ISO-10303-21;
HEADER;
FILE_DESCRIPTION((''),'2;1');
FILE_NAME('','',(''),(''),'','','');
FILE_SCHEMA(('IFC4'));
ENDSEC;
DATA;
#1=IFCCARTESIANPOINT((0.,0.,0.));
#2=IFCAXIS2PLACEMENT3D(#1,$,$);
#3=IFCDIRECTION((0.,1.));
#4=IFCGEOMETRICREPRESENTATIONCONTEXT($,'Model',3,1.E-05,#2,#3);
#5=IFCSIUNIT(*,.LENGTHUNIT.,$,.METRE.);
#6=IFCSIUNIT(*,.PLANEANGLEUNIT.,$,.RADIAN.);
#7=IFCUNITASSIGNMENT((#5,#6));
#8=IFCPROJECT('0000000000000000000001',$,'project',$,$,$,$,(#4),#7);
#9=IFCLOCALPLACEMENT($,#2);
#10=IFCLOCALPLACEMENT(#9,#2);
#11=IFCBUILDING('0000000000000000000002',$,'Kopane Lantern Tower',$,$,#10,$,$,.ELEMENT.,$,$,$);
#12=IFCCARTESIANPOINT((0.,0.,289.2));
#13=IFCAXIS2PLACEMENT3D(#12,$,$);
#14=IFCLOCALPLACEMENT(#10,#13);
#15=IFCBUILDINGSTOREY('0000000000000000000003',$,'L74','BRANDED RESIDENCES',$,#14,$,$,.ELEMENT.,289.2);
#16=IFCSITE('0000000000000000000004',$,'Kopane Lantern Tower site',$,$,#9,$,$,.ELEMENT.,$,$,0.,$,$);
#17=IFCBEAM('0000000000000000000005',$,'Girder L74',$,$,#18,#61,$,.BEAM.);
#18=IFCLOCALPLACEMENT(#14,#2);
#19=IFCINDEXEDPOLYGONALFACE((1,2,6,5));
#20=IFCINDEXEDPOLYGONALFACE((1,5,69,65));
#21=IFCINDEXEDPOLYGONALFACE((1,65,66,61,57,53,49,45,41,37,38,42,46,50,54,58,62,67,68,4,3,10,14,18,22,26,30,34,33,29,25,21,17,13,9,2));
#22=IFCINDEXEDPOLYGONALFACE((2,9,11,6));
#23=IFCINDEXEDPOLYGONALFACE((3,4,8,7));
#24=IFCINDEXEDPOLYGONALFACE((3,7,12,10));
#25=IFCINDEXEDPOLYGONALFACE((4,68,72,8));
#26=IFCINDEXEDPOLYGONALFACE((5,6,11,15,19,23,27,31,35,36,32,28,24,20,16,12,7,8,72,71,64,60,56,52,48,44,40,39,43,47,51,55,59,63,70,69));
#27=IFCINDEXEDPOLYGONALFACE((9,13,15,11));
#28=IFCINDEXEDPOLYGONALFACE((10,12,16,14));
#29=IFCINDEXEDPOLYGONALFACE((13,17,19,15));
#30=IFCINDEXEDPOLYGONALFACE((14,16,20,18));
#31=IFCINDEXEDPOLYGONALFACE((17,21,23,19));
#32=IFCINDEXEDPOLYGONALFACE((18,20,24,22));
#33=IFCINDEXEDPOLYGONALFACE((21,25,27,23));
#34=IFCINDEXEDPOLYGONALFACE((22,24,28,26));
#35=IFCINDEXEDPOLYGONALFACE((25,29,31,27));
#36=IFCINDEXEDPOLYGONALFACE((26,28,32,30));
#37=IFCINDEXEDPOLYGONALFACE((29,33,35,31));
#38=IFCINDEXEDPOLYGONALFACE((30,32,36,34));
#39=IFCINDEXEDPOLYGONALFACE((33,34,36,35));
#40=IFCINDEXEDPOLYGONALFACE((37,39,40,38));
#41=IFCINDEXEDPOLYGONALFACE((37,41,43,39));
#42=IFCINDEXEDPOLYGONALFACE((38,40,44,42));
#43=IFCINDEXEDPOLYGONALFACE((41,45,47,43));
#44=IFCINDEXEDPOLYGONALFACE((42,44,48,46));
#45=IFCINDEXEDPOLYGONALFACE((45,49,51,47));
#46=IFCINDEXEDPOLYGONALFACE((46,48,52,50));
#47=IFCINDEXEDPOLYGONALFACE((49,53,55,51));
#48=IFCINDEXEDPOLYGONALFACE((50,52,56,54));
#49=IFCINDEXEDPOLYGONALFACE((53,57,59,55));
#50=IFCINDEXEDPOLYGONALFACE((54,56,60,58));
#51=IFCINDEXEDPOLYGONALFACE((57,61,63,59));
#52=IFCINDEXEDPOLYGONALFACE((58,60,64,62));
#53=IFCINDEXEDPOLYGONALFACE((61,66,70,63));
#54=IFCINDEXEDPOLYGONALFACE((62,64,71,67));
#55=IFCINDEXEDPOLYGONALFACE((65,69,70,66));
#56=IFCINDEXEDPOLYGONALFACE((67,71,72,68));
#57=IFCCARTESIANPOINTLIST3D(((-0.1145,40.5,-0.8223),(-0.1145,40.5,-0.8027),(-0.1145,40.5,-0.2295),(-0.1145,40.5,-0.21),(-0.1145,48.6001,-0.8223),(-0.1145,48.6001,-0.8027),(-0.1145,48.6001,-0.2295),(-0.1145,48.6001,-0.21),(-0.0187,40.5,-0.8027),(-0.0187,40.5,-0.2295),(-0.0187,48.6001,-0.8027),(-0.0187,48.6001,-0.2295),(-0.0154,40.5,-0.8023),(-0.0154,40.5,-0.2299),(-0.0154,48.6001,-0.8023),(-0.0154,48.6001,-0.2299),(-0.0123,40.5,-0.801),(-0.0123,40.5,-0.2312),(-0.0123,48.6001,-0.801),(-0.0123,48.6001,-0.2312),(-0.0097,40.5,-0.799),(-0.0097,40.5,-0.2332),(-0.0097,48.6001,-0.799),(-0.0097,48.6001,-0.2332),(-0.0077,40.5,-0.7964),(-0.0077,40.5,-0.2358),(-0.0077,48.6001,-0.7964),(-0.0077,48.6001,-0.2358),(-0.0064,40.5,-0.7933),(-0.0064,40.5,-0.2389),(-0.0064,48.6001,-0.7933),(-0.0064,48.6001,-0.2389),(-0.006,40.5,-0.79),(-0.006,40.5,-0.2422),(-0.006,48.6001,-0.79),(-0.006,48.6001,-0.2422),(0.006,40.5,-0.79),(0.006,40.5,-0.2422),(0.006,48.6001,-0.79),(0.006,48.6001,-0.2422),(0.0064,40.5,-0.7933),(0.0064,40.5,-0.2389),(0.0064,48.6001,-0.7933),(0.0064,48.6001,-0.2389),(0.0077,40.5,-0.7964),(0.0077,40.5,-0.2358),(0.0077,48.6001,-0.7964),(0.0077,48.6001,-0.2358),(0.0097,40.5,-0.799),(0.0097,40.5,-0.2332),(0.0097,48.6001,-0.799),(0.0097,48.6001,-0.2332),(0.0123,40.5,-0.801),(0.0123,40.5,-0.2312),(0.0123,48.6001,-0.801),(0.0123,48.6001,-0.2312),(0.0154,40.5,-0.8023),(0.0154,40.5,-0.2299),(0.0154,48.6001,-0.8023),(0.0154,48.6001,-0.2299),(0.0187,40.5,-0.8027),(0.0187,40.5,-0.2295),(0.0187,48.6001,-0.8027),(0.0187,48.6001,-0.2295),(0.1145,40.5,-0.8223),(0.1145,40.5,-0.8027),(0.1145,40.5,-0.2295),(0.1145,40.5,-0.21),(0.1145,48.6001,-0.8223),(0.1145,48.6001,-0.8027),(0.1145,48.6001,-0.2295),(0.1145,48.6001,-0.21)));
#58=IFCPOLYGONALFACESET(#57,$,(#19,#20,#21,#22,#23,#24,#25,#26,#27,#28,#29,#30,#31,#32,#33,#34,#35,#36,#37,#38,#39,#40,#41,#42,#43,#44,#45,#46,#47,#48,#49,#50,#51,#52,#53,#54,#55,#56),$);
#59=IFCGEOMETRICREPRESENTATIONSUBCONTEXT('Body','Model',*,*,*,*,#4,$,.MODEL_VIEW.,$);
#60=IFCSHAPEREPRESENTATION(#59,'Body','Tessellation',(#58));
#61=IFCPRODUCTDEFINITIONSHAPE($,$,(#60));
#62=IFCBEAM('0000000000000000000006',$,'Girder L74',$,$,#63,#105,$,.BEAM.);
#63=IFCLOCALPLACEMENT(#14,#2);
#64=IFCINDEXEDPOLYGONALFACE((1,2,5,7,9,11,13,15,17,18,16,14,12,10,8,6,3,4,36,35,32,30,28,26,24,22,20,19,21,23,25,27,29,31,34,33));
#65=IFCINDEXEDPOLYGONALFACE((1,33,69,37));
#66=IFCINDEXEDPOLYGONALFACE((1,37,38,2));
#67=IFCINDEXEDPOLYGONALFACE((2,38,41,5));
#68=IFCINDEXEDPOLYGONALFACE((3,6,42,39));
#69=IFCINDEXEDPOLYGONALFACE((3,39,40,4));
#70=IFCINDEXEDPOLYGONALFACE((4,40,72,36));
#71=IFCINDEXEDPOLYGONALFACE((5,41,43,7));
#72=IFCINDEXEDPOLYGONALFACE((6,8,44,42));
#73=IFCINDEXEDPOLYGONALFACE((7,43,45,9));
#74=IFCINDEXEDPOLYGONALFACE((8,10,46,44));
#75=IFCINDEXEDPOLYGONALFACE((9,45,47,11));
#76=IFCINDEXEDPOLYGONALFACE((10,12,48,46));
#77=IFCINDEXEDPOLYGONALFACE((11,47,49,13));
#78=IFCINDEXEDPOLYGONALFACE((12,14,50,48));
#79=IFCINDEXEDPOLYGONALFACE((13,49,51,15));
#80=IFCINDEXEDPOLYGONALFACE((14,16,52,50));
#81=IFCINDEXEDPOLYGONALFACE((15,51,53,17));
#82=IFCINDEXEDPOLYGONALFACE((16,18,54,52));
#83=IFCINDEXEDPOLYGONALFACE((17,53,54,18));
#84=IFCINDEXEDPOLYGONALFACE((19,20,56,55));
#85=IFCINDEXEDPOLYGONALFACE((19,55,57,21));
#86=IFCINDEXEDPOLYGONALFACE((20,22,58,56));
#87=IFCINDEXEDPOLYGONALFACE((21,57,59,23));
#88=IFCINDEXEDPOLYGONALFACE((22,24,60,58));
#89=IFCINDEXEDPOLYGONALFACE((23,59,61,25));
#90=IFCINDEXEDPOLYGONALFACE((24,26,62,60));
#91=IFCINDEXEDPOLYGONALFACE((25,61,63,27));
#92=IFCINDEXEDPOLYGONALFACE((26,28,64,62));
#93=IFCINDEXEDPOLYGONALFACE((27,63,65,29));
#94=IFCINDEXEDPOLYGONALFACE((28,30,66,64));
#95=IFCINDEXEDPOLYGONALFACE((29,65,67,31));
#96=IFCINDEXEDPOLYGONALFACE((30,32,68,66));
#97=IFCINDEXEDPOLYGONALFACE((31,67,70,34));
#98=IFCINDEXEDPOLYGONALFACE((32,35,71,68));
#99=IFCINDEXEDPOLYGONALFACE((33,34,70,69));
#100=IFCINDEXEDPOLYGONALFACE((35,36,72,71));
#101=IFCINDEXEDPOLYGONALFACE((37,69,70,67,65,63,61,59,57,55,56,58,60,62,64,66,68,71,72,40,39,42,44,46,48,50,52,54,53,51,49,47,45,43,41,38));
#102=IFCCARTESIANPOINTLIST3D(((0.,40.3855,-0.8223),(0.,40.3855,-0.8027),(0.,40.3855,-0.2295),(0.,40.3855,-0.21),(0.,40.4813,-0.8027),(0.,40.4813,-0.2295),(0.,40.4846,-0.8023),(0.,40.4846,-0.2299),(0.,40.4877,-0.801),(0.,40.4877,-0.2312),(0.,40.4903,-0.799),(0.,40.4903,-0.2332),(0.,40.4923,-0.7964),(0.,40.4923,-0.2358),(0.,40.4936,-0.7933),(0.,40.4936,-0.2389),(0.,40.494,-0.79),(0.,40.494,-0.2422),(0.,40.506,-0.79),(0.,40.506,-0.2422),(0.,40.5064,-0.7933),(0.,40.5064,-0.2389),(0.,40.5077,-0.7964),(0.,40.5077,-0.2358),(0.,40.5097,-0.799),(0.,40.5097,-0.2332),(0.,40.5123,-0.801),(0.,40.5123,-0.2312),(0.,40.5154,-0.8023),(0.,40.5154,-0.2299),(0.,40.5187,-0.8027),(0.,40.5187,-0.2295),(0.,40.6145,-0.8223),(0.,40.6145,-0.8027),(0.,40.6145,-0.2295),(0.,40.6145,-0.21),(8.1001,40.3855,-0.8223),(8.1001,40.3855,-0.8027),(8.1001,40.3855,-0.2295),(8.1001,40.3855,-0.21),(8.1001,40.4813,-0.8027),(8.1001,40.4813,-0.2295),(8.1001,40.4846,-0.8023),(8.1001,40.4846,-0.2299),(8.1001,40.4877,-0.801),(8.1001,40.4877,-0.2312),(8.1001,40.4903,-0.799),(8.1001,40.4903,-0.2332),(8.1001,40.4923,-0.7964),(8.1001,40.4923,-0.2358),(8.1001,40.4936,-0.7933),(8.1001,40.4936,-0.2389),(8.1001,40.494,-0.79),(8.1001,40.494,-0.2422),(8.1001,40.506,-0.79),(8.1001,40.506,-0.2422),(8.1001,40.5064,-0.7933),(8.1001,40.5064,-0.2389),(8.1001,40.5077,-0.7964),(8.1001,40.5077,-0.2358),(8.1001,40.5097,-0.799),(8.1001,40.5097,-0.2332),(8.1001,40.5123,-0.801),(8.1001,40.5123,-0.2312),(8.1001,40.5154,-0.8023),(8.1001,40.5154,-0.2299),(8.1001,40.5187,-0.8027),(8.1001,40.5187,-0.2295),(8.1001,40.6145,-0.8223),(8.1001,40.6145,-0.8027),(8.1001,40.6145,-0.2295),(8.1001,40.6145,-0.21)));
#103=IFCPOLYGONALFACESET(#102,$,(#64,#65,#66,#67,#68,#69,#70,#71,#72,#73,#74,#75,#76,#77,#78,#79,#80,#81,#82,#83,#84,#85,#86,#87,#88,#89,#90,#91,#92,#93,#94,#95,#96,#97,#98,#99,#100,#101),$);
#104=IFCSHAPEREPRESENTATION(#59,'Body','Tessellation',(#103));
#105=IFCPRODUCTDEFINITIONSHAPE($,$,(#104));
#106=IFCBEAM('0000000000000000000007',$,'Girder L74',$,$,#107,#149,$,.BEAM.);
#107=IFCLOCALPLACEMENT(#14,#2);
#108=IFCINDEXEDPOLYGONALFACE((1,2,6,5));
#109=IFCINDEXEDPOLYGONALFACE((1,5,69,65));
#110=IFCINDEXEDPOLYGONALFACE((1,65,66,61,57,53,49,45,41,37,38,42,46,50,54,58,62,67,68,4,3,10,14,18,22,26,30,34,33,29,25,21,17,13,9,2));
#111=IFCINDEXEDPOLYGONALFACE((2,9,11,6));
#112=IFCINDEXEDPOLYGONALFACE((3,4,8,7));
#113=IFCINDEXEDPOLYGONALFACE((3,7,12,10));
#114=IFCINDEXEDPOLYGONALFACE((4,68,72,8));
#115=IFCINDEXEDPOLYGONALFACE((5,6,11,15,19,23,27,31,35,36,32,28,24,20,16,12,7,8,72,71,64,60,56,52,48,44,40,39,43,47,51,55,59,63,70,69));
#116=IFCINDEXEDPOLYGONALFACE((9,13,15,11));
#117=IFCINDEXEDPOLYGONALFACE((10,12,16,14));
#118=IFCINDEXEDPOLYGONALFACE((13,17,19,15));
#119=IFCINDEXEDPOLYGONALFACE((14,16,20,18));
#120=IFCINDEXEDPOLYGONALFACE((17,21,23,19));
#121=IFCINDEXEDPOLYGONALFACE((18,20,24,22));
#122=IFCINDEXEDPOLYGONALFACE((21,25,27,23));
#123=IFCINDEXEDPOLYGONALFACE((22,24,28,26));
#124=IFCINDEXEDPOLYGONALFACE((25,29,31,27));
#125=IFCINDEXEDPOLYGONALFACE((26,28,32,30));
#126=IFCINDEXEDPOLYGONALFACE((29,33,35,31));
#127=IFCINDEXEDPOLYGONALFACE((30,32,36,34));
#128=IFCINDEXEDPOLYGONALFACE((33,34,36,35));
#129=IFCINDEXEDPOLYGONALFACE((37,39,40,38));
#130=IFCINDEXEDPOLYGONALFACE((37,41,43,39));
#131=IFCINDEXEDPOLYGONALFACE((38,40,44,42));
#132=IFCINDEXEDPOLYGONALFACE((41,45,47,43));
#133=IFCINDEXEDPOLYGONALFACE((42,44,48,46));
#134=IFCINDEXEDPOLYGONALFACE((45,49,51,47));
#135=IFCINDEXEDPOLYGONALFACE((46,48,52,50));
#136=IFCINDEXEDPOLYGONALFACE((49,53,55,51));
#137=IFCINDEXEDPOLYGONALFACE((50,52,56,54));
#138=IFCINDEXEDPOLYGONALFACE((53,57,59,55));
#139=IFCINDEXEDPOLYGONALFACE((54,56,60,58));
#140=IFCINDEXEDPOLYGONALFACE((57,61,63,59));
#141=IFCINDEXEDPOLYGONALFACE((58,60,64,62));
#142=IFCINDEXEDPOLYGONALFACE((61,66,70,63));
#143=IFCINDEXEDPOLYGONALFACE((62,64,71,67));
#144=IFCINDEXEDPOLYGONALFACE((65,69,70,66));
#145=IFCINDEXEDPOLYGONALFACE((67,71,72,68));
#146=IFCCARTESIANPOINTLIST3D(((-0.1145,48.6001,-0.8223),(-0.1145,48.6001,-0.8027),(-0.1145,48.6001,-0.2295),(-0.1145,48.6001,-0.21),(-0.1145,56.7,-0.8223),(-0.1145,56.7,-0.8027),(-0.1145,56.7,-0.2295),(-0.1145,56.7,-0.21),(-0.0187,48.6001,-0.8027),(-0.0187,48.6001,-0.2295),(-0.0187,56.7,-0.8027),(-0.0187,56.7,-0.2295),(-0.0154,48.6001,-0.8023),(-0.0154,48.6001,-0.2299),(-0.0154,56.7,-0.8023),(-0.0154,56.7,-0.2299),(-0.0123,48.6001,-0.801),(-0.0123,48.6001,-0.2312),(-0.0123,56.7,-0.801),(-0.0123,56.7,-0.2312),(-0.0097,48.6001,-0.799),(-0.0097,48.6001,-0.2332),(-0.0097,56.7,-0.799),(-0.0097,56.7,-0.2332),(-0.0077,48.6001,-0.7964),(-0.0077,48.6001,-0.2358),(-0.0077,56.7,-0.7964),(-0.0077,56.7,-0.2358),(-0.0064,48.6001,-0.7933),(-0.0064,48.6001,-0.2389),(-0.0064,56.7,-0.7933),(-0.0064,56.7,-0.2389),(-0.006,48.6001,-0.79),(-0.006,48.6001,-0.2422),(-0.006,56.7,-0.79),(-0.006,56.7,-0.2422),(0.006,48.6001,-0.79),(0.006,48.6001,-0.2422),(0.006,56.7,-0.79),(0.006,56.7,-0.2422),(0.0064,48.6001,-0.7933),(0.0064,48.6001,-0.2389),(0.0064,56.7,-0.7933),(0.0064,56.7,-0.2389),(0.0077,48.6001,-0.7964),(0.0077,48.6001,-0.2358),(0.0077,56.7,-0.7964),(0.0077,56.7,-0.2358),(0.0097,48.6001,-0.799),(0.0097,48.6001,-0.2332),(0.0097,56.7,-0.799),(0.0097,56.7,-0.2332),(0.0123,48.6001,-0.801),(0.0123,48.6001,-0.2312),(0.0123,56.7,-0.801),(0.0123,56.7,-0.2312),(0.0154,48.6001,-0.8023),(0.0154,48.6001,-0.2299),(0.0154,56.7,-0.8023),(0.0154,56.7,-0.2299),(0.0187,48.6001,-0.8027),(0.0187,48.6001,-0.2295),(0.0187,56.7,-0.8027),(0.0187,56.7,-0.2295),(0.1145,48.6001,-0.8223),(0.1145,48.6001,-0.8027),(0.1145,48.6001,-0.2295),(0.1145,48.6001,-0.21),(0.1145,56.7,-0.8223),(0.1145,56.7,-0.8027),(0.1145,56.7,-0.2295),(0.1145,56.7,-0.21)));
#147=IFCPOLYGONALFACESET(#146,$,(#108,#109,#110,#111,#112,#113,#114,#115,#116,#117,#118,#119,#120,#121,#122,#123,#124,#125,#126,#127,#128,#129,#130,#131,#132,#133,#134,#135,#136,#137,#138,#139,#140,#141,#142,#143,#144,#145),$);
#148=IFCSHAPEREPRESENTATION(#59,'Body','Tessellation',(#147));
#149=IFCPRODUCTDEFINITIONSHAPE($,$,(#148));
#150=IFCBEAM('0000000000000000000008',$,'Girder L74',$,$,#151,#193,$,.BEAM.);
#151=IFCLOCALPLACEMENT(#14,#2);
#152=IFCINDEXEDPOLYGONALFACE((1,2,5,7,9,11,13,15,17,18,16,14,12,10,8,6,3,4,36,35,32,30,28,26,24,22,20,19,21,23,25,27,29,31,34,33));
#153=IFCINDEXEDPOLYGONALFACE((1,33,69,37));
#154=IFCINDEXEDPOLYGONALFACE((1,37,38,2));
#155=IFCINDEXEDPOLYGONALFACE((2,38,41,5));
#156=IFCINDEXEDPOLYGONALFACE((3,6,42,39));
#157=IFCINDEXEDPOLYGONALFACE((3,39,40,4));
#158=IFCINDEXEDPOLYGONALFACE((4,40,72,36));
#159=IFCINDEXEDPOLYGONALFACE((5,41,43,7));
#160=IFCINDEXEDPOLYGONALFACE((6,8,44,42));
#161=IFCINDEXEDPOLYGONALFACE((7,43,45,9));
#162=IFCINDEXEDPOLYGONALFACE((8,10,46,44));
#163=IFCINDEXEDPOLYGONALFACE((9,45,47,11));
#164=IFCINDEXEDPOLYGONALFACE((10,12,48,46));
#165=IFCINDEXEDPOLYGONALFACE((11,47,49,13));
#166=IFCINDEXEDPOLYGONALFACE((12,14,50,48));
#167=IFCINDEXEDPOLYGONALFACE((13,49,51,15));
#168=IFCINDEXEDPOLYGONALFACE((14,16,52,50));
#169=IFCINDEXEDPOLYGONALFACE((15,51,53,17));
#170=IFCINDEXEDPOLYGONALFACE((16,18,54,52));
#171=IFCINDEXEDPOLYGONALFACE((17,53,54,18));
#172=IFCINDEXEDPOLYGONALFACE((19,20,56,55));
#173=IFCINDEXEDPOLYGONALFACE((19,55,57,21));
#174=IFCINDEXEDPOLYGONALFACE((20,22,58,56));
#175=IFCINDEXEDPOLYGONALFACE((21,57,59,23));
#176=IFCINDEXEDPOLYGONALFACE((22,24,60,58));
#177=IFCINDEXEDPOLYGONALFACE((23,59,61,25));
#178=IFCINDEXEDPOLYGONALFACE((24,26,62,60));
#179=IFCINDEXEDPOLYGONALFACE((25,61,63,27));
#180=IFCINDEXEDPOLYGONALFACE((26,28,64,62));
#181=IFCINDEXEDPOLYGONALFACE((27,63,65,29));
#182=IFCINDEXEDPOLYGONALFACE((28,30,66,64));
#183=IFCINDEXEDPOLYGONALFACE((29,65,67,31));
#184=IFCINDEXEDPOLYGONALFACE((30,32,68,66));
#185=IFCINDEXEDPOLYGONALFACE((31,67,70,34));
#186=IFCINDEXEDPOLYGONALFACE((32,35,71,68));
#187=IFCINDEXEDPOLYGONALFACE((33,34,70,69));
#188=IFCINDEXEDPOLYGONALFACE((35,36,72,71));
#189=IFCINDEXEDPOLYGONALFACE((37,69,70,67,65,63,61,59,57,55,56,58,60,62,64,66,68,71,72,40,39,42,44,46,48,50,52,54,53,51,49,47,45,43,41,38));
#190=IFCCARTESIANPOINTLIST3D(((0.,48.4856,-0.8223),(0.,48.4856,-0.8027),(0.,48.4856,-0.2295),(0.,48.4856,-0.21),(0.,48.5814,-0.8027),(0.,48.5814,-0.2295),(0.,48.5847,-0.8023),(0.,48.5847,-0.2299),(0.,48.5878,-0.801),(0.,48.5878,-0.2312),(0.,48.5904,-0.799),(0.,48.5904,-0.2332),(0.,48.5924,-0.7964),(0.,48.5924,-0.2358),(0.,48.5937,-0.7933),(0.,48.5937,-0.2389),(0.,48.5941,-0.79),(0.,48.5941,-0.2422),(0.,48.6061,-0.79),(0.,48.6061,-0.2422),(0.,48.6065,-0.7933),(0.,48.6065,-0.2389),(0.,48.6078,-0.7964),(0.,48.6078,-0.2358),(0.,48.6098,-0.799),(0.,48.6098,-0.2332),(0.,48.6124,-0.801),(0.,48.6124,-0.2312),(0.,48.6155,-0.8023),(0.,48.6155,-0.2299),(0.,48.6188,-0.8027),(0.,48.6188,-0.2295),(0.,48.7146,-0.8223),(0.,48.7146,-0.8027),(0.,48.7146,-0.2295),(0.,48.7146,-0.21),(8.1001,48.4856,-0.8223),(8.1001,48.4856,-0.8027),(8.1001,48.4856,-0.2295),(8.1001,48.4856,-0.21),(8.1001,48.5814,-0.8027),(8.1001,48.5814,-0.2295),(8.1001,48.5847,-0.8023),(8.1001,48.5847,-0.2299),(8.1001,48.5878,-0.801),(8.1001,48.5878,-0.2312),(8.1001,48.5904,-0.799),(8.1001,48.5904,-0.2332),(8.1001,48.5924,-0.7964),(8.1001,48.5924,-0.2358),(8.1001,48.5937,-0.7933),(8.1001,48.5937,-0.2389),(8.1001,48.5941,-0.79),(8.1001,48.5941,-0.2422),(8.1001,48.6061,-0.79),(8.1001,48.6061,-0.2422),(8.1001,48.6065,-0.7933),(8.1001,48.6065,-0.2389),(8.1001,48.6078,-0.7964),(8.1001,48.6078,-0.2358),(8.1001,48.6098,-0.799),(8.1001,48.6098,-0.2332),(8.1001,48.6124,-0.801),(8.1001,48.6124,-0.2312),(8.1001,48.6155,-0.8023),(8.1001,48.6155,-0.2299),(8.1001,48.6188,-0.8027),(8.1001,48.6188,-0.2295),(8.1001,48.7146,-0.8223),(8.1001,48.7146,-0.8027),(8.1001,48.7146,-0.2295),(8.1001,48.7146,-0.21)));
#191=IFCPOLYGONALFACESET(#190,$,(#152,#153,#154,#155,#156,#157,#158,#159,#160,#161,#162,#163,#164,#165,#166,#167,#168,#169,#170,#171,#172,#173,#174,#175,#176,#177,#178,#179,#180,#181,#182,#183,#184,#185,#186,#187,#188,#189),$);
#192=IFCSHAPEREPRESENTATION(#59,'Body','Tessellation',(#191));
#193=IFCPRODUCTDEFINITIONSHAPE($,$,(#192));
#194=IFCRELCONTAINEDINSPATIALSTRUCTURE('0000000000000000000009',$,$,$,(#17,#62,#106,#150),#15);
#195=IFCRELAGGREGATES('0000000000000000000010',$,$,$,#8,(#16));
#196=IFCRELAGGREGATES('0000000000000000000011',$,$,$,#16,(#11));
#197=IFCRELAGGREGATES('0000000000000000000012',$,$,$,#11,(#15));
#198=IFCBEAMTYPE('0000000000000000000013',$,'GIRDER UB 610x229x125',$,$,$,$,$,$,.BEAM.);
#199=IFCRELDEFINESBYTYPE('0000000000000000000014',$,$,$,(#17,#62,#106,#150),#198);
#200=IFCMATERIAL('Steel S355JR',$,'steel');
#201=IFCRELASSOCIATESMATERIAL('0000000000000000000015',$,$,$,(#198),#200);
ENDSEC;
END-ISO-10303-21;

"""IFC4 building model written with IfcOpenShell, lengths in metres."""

from ifc_helpers import new_model, si_unit, direction, frame, origin, origin_2d, place, context, subcontext, project, spatial, i_section, extrude, material, material_profile, profile_set, type_object, element, save


model = new_model("IFC4")

# Units and contexts
model_context = context("Model", 3, precision=1e-05, world=origin(), true_north=direction((0.0, 1.0)))
body_context = subcontext(model_context, "Body", "Model", "MODEL_VIEW")
ifc_project = project(units=[si_unit("LENGTHUNIT", "METRE"), si_unit("PLANEANGLEUNIT", "RADIAN")], contexts=[model_context])

# Site, building, storey
site_placement = place(None, origin())
site = spatial("IfcSite", under=ifc_project, at=site_placement, Name="Kopane Lantern Tower site", CompositionType="ELEMENT", RefElevation=0.0)
building_placement = place(site_placement, origin())
building = spatial("IfcBuilding", under=site, at=building_placement, Name="Kopane Lantern Tower", CompositionType="ELEMENT")
storey_placement = place(building_placement, frame((0.0, 0.0, 289.2)))
storey = spatial("IfcBuildingStorey", under=building, at=storey_placement, Name="L74", Description="BRANDED RESIDENCES", CompositionType="ELEMENT", Elevation=289.2)

# Beams
ifc_material_1 = material(Name="Steel S355JR", Category="steel")
ifc_material_profile_1 = material_profile(ifc_material_1, i_section(OverallWidth=0.229, OverallDepth=0.6123, WebThickness=0.012, FlangeThickness=0.0195, FilletRadius=0.0127, at=origin_2d()), Name="UB 610x229x125")
ifc_profile_set_1 = profile_set([ifc_material_profile_1], Name="Steel S355JR")
beam_type = type_object("IfcBeamType", Name="GIRDER UB 610x229x125", PredefinedType="BEAM", material=ifc_profile_set_1)
for number, where, z_axis, x_axis, name in (
    (1, (0.0, 40.5, -0.5161), (0.0, 1.0, 0.0), (-1.0, 0.0, 0.0), "Girder L74"),
    (2, (0.0, 40.5, -0.5161), (1.0, 0.0, 0.0), (0.0, 1.0, 0.0), "Girder L74"),
):
    element("IfcBeam", number, at=place(storey_placement, frame(where, z_axis=z_axis, x_axis=x_axis)), inside=storey, type_object=beam_type, Name=name, PredefinedType="BEAM", context=body_context, shape_type="SweptSolid", body=[
        extrude(i_section(OverallWidth=0.229, OverallDepth=0.6123, WebThickness=0.012, FlangeThickness=0.0195, FilletRadius=0.0127, at=origin_2d()), origin(), (0.0, 0.0, 1.0), 8.1001),
    ])
beam_placement = place(storey_placement, frame((0.0, 48.6001, -0.5161), z_axis=(0.0, 1.0, 0.0), x_axis=(-1.0, 0.0, 0.0)))
element("IfcBeam", 3, at=beam_placement, inside=storey, type_object=beam_type, Name="Girder L74", PredefinedType="BEAM", context=body_context, shape_type="SweptSolid", body=[
    extrude(i_section(OverallWidth=0.229, OverallDepth=0.6123, WebThickness=0.012, FlangeThickness=0.0195, FilletRadius=0.0127, at=origin_2d()), origin(), (0.0, 0.0, 1.0), 8.0999),
])
for number, where, z_axis, x_axis, name in (
    (4, (0.0, 48.6001, -0.5161), (1.0, 0.0, 0.0), (0.0, 1.0, 0.0), "Girder L74"),
):
    element("IfcBeam", number, at=place(storey_placement, frame(where, z_axis=z_axis, x_axis=x_axis)), inside=storey, type_object=beam_type, Name=name, PredefinedType="BEAM", context=body_context, shape_type="SweptSolid", body=[
        extrude(i_section(OverallWidth=0.229, OverallDepth=0.6123, WebThickness=0.012, FlangeThickness=0.0195, FilletRadius=0.0127, at=origin_2d()), origin(), (0.0, 0.0, 1.0), 8.1001),
    ])

save(model, "model.ifc")
